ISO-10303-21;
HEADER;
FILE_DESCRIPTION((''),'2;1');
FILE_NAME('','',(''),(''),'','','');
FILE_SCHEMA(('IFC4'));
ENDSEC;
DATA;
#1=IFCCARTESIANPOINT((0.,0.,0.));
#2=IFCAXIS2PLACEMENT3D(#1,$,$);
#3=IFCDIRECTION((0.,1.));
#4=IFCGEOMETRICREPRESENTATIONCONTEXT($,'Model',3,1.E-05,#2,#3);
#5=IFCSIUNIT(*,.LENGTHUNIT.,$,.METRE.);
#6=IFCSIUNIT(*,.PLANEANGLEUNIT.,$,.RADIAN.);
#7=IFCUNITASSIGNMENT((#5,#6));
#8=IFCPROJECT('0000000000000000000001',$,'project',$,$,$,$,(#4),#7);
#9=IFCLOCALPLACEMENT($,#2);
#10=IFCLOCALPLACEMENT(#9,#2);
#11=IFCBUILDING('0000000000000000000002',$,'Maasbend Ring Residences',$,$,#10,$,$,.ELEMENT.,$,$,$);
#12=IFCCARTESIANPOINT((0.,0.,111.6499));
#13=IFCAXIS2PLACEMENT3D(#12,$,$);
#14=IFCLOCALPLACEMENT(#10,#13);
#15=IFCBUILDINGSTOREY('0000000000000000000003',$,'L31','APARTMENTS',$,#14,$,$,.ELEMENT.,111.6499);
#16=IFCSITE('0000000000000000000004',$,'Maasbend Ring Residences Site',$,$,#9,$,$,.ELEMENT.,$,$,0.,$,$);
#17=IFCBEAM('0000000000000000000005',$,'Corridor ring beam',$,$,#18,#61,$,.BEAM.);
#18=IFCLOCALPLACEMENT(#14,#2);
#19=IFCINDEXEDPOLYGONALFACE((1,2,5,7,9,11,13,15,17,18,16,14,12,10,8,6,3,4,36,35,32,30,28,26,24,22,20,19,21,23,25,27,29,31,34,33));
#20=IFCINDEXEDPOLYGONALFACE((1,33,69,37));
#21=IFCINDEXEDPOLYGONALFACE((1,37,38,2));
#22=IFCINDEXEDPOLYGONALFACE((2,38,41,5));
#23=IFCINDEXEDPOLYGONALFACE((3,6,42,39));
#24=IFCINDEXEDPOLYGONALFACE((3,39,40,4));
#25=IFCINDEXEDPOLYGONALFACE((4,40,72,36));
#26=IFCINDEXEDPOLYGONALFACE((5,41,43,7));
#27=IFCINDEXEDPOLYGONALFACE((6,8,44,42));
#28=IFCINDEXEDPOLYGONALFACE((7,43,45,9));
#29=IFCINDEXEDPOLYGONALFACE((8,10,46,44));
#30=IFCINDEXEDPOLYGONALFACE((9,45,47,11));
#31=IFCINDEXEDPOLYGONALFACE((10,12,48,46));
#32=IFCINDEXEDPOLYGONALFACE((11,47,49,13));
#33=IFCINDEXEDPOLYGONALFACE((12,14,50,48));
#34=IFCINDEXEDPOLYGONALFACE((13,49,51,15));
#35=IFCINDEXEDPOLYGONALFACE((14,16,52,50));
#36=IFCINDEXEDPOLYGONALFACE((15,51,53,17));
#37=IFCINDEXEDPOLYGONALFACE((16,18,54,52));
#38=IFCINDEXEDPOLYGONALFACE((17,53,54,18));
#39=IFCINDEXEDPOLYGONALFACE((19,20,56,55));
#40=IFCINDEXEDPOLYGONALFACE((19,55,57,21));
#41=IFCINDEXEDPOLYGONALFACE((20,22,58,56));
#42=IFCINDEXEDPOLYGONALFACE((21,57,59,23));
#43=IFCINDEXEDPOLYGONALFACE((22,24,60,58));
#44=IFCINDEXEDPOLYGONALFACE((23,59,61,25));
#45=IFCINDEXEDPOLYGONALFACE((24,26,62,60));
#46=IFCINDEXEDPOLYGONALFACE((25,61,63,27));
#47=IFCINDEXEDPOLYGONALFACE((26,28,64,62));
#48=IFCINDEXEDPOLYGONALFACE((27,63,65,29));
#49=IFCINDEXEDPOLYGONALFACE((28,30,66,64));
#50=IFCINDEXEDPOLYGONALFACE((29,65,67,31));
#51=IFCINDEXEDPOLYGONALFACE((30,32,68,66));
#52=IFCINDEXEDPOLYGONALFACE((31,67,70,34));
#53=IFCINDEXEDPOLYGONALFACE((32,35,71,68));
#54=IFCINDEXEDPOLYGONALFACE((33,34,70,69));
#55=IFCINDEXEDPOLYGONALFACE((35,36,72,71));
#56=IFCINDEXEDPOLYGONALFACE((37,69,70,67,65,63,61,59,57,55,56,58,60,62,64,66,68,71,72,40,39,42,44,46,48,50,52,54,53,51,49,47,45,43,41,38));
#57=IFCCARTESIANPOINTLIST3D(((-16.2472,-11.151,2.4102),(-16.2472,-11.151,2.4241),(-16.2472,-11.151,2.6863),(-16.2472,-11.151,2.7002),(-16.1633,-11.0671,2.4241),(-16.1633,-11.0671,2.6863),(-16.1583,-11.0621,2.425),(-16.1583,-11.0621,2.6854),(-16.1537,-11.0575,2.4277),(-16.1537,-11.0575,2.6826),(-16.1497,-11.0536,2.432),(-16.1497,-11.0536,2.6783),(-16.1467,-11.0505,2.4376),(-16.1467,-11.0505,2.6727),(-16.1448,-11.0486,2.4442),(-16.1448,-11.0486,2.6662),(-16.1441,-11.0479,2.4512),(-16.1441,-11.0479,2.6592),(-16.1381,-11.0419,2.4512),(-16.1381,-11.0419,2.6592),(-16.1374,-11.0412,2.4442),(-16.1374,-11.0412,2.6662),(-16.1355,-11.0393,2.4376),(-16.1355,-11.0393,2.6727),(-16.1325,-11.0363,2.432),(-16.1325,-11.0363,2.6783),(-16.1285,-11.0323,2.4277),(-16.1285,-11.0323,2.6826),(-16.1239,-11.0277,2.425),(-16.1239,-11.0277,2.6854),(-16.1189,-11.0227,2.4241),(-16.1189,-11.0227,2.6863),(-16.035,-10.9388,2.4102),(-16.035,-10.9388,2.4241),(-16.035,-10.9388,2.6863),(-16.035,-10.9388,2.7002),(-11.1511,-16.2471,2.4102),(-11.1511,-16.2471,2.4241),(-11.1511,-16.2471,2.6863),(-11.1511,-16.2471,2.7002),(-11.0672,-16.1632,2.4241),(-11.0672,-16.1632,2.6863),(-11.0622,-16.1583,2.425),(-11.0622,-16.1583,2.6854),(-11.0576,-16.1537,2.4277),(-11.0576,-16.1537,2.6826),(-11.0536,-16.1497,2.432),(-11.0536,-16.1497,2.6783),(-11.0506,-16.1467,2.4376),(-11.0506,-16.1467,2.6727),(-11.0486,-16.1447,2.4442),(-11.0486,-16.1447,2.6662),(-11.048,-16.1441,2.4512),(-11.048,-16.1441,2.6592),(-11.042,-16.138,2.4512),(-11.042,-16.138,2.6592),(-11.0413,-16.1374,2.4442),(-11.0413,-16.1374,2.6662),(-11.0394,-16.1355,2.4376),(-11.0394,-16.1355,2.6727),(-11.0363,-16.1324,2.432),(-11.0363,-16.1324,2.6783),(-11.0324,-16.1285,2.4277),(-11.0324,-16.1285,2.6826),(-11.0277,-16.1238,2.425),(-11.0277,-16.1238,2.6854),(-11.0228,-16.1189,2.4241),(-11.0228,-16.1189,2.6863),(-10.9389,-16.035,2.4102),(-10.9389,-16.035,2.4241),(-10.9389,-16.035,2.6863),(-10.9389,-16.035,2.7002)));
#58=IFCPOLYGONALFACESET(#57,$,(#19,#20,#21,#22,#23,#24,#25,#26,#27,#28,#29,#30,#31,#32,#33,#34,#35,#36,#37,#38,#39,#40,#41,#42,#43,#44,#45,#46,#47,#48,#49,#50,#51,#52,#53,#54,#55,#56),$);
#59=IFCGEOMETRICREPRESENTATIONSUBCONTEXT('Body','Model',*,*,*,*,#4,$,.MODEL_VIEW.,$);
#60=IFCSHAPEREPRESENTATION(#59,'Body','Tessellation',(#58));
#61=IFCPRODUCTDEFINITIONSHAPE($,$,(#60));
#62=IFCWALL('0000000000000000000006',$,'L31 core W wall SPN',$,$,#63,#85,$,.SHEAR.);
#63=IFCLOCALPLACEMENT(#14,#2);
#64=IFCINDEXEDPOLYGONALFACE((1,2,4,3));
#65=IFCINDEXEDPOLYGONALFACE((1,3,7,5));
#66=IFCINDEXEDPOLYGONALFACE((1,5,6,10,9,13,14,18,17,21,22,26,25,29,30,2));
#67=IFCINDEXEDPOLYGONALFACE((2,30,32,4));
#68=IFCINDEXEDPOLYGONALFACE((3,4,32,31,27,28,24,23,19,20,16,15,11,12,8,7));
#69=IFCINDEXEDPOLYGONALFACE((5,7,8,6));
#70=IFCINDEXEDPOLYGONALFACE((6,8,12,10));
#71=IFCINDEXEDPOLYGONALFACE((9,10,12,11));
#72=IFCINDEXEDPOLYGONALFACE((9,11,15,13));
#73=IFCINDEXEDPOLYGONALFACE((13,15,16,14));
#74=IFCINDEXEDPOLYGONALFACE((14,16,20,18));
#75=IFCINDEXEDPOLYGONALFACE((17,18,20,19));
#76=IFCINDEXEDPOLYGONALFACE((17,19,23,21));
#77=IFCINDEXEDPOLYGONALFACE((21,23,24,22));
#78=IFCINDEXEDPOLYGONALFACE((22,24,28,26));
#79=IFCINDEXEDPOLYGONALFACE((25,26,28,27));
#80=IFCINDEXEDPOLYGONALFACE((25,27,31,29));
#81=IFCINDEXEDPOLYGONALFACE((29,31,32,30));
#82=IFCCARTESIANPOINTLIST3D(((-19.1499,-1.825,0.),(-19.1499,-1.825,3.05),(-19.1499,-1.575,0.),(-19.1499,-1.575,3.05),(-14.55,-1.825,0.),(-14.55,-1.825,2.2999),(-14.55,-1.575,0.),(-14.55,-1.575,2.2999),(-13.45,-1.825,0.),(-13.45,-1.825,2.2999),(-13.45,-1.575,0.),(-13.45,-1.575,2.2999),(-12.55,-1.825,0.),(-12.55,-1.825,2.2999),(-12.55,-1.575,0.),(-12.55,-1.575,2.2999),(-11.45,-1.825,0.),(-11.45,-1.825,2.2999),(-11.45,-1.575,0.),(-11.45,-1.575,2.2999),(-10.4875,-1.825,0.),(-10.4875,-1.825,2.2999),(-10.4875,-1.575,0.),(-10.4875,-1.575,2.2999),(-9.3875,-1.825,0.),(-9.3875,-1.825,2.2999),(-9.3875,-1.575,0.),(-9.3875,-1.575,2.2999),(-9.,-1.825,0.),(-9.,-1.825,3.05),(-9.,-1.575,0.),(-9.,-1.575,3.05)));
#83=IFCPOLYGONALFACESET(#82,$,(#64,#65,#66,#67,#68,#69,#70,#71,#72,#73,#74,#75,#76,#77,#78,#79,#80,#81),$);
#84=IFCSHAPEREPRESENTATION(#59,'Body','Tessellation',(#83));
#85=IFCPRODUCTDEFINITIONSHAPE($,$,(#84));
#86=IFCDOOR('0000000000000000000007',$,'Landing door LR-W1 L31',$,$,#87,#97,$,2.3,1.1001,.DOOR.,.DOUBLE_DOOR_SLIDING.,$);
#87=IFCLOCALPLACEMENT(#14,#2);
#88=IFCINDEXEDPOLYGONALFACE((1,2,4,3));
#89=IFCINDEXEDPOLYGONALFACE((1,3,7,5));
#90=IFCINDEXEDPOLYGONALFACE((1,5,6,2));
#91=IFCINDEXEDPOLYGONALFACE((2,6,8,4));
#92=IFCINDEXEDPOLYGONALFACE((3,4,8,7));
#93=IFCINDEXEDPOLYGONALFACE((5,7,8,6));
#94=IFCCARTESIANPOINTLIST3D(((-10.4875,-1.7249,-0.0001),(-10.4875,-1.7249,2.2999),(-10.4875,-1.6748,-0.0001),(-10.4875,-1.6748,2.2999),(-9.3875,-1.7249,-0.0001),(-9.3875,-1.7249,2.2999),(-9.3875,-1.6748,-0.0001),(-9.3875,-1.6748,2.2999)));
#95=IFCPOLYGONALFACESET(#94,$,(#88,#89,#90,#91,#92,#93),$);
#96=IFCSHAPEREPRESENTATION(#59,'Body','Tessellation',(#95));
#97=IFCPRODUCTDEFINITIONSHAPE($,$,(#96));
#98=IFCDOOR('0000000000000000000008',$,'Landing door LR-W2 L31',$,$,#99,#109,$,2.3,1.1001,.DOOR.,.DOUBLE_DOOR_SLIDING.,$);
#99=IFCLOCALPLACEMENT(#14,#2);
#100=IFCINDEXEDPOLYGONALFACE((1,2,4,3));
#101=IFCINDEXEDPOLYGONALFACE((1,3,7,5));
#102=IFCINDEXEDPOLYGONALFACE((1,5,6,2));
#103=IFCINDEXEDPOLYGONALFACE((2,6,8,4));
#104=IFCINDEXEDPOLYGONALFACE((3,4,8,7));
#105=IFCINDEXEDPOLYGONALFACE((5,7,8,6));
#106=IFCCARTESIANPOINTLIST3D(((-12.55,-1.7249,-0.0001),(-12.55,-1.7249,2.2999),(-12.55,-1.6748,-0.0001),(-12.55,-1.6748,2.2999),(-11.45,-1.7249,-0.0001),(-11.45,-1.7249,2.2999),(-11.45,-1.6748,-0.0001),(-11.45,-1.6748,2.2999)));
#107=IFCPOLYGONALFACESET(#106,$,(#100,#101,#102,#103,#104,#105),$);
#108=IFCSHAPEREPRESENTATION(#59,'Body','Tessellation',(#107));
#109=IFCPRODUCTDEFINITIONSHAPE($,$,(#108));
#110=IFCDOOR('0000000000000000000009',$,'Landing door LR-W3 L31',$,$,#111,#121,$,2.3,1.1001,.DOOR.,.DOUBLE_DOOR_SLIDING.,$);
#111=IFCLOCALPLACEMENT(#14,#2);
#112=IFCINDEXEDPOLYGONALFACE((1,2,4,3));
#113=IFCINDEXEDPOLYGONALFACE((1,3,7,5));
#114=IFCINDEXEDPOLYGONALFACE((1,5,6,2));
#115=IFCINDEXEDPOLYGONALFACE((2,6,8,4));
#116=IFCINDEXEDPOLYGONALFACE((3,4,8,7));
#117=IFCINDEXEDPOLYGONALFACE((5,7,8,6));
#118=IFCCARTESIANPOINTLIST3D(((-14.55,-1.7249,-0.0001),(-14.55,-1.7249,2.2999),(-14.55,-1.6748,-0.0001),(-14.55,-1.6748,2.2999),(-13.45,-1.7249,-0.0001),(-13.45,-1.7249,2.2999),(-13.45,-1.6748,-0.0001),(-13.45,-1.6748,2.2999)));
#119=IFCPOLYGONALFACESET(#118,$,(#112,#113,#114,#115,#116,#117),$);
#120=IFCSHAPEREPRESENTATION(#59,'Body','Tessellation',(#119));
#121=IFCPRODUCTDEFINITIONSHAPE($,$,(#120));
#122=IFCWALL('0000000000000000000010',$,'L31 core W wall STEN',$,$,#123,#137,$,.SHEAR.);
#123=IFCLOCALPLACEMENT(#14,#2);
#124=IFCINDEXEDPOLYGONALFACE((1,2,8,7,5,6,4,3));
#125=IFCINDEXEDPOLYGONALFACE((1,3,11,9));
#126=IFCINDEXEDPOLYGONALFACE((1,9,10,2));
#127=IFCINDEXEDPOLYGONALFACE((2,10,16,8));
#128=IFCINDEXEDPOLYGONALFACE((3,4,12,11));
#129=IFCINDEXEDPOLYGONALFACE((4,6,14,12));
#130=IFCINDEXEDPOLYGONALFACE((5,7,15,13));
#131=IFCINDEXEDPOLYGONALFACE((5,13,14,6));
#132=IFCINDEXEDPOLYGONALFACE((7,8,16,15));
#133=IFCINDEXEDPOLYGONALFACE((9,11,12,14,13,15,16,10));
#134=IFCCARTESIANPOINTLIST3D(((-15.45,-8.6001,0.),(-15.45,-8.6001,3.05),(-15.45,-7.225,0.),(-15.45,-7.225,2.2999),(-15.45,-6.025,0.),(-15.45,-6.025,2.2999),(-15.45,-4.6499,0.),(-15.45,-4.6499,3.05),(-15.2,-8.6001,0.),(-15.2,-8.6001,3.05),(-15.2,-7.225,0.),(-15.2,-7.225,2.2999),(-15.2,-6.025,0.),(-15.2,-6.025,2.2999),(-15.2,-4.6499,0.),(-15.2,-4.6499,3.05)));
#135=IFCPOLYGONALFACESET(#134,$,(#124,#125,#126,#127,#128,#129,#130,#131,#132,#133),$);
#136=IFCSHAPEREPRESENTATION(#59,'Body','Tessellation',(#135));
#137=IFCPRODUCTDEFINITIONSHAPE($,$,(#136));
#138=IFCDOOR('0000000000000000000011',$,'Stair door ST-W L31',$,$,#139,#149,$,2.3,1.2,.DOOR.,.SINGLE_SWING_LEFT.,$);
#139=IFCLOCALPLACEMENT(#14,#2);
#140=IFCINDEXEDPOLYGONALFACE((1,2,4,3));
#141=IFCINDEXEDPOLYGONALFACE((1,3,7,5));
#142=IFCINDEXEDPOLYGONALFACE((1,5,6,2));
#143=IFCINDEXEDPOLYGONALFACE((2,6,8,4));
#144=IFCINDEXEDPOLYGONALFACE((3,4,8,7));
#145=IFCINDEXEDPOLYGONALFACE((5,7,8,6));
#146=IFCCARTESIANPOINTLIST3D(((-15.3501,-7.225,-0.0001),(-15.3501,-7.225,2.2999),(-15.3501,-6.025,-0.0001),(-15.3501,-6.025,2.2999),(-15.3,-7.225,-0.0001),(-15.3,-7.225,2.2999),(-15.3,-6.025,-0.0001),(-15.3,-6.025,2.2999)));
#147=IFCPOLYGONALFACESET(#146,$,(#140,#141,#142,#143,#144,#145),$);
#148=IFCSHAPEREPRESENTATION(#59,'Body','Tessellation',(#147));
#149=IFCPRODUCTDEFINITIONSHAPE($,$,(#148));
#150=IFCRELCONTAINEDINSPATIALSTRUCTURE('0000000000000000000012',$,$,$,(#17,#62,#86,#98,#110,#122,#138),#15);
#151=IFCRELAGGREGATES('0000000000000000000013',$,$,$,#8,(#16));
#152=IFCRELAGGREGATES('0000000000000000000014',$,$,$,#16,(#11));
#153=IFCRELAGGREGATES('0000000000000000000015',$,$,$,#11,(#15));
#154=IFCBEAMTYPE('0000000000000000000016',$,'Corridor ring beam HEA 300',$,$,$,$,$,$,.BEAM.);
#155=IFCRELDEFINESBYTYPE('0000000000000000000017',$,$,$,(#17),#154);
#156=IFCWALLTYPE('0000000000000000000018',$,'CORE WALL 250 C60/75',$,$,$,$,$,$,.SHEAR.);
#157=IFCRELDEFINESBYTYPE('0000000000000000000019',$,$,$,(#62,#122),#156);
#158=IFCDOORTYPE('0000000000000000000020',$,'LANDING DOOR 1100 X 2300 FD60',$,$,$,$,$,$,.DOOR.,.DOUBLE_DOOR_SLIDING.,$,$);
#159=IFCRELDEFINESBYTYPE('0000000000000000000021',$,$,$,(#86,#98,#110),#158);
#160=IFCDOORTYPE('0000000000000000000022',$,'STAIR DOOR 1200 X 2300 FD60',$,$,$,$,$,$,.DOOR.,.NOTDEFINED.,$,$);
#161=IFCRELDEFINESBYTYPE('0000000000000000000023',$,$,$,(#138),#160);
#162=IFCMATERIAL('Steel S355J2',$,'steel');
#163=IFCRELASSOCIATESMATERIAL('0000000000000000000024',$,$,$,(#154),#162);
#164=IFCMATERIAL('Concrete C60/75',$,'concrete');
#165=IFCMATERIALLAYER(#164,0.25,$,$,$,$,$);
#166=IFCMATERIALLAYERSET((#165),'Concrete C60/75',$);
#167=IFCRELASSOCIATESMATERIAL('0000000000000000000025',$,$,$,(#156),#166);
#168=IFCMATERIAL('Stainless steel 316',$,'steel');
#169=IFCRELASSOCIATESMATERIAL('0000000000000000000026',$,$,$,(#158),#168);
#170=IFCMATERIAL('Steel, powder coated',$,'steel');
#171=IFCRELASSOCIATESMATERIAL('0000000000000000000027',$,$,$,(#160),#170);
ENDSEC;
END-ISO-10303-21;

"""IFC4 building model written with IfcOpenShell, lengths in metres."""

from ifc_helpers import new_model, si_unit, direction, frame, frame_2d, origin, origin_2d, place, context, subcontext, project, spatial, rectangle, i_section, extrude, material, layer, layer_set, material_profile, profile_set, type_object, element, fill, save


model = new_model("IFC4")

# Units and contexts
model_context = context("Model", 3, precision=1e-05, world=origin(), true_north=direction((0.0, 1.0)))
body_context = subcontext(model_context, "Body", "Model", "MODEL_VIEW")
ifc_project = project(units=[si_unit("LENGTHUNIT", "METRE"), si_unit("PLANEANGLEUNIT", "RADIAN")], contexts=[model_context])

# Site, building, storey
site_placement = place(None, origin())
site = spatial("IfcSite", under=ifc_project, at=site_placement, Name="Maasbend Ring Residences Site", CompositionType="ELEMENT", RefElevation=0.0)
building_placement = place(site_placement, origin())
building = spatial("IfcBuilding", under=site, at=building_placement, Name="Maasbend Ring Residences", CompositionType="ELEMENT")
storey_placement = place(building_placement, frame((0.0, 0.0, 111.6499)))
storey = spatial("IfcBuildingStorey", under=building, at=storey_placement, Name="L31", Description="APARTMENTS", CompositionType="ELEMENT", Elevation=111.6499)

# Beam
ifc_material_1 = material(Name="Steel S355J2", Category="steel")
ifc_material_profile = material_profile(ifc_material_1, i_section(OverallWidth=0.3, OverallDepth=0.29, WebThickness=0.0085, FlangeThickness=0.0139, FilletRadius=0.0271, at=origin_2d()), Name="HEA 300")
ifc_profile_set = profile_set([ifc_material_profile], Name="Steel S355J2")
beam_type = type_object("IfcBeamType", Name="Corridor ring beam HEA 300", PredefinedType="BEAM", material=ifc_profile_set)
beam_placement = place(storey_placement, frame((-16.1411, -11.0449, 2.5552), z_axis=(0.707107, -0.707107, 0.0), x_axis=(0.707107, 0.707107, 0.0)))
element("IfcBeam", 1, at=beam_placement, inside=storey, type_object=beam_type, Name="Corridor ring beam", PredefinedType="BEAM", context=body_context, shape_type="SweptSolid", body=[
    extrude(i_section(OverallWidth=0.3, OverallDepth=0.29, WebThickness=0.0085, FlangeThickness=0.0139, FilletRadius=0.0271, at=origin_2d()), origin(), (0.0, 0.0, 1.0), 7.207),
])

# Wall, openings, doors
ifc_material_2 = material(Name="Concrete C60/75", Category="concrete")
ifc_layer_1 = layer(ifc_material_2, 0.25)
ifc_layer_set_1 = layer_set([ifc_layer_1], Name="Concrete C60/75")
wall_type_1 = type_object("IfcWallType", Name="CORE WALL 250 C60/75", PredefinedType="SHEAR", material=ifc_layer_set_1)
wall_1_placement = place(storey_placement, frame((-9.0, -1.7, 0.0), z_axis=(0.0, 0.0, 1.0), x_axis=(-1.0, 0.0, 0.0)))
wall_1 = element("IfcWall", 2, at=wall_1_placement, inside=storey, type_object=wall_type_1, Name="L31 core W wall SPN", PredefinedType="SHEAR", context=body_context, shape_type="SweptSolid", body=[
    extrude(rectangle(XDim=10.1499, YDim=0.25, at=frame_2d((5.075, 0.0))), origin(), (0.0, 0.0, 1.0), 3.05),
])
opening_1_placement = place(wall_1_placement, frame((0.3875, 0.0, 0.0)))
opening_1 = element("IfcOpeningElement", 3, at=opening_1_placement, cuts=wall_1, PredefinedType="OPENING", context=body_context, shape_type="SweptSolid", body=[
    extrude(rectangle(XDim=1.1001, YDim=2.3, at=frame_2d((0.55, 1.1499))), frame((0.0, 0.135, 0.0), z_axis=(0.0, -1.0, 0.0), x_axis=(1.0, 0.0, 0.0)), (0.0, 0.0, 1.0), 0.27),
])
opening_2_placement = place(wall_1_placement, frame((2.45, 0.0, 0.0)))
opening_2 = element("IfcOpeningElement", 4, at=opening_2_placement, cuts=wall_1, PredefinedType="OPENING", context=body_context, shape_type="SweptSolid", body=[
    extrude(rectangle(XDim=1.1001, YDim=2.3, at=frame_2d((0.55, 1.1499))), frame((0.0, 0.135, 0.0), z_axis=(0.0, -1.0, 0.0), x_axis=(1.0, 0.0, 0.0)), (0.0, 0.0, 1.0), 0.27),
])
opening_3_placement = place(wall_1_placement, frame((4.45, 0.0, 0.0)))
opening_3 = element("IfcOpeningElement", 5, at=opening_3_placement, cuts=wall_1, PredefinedType="OPENING", context=body_context, shape_type="SweptSolid", body=[
    extrude(rectangle(XDim=1.1001, YDim=2.3, at=frame_2d((0.55, 1.1499))), frame((0.0, 0.135, 0.0), z_axis=(0.0, -1.0, 0.0), x_axis=(1.0, 0.0, 0.0)), (0.0, 0.0, 1.0), 0.27),
])
ifc_material_3 = material(Name="Stainless steel 316", Category="steel")
door_type_1 = type_object("IfcDoorType", Name="LANDING DOOR 1100 X 2300 FD60", OperationType="DOUBLE_DOOR_SLIDING", PredefinedType="DOOR", material=ifc_material_3)
door_1_placement = place(opening_1_placement, origin())
door_1 = element("IfcDoor", 6, at=door_1_placement, inside=storey, type_object=door_type_1, Name="Landing door LR-W1 L31", OperationType="DOUBLE_DOOR_SLIDING", OverallHeight=2.3, OverallWidth=1.1001, PredefinedType="DOOR", context=body_context, shape_type="SweptSolid", body=[
    extrude(rectangle(XDim=1.1001, YDim=2.3, at=frame_2d((0.55, 1.1499))), frame((0.0, 0.0249, 0.0), z_axis=(0.0, -1.0, 0.0), x_axis=(1.0, 0.0, 0.0)), (0.0, 0.0, 1.0), 0.05),
])
fill(opening_1, door_1)
door_2_placement = place(opening_2_placement, origin())
door_2 = element("IfcDoor", 7, at=door_2_placement, inside=storey, type_object=door_type_1, Name="Landing door LR-W2 L31", OperationType="DOUBLE_DOOR_SLIDING", OverallHeight=2.3, OverallWidth=1.1001, PredefinedType="DOOR", context=body_context, shape_type="SweptSolid", body=[
    extrude(rectangle(XDim=1.1001, YDim=2.3, at=frame_2d((0.55, 1.1499))), frame((0.0, 0.0249, 0.0), z_axis=(0.0, -1.0, 0.0), x_axis=(1.0, 0.0, 0.0)), (0.0, 0.0, 1.0), 0.05),
])
fill(opening_2, door_2)
door_3_placement = place(opening_3_placement, origin())
door_3 = element("IfcDoor", 8, at=door_3_placement, inside=storey, type_object=door_type_1, Name="Landing door LR-W3 L31", OperationType="DOUBLE_DOOR_SLIDING", OverallHeight=2.3, OverallWidth=1.1001, PredefinedType="DOOR", context=body_context, shape_type="SweptSolid", body=[
    extrude(rectangle(XDim=1.1001, YDim=2.3, at=frame_2d((0.55, 1.1499))), frame((0.0, 0.0249, 0.0), z_axis=(0.0, -1.0, 0.0), x_axis=(1.0, 0.0, 0.0)), (0.0, 0.0, 1.0), 0.05),
])
fill(opening_3, door_3)

# Wall, opening, door
wall_2_placement = place(storey_placement, frame((-15.325, -4.6499, 0.0), z_axis=(0.0, 0.0, 1.0), x_axis=(0.0, -1.0, 0.0)))
wall_2 = element("IfcWall", 9, at=wall_2_placement, inside=storey, type_object=wall_type_1, Name="L31 core W wall STEN", PredefinedType="SHEAR", context=body_context, shape_type="SweptSolid", body=[
    extrude(rectangle(XDim=3.9502, YDim=0.25, at=frame_2d((1.9751, 0.0))), origin(), (0.0, 0.0, 1.0), 3.05),
])
opening_4_placement = place(wall_2_placement, frame((1.375, 0.0, 0.0)))
opening_4 = element("IfcOpeningElement", 10, at=opening_4_placement, cuts=wall_2, PredefinedType="OPENING", context=body_context, shape_type="SweptSolid", body=[
    extrude(rectangle(XDim=1.2, YDim=2.3, at=frame_2d((0.6001, 1.1499))), frame((0.0, 0.135, 0.0), z_axis=(0.0, -1.0, 0.0), x_axis=(1.0, 0.0, 0.0)), (0.0, 0.0, 1.0), 0.27),
])
ifc_material_4 = material(Name="Steel, powder coated", Category="steel")
door_type_2 = type_object("IfcDoorType", Name="STAIR DOOR 1200 X 2300 FD60", OperationType="NOTDEFINED", PredefinedType="DOOR", material=ifc_material_4)
door_4_placement = place(opening_4_placement, origin())
door_4 = element("IfcDoor", 11, at=door_4_placement, inside=storey, type_object=door_type_2, Name="Stair door ST-W L31", OperationType="SINGLE_SWING_LEFT", OverallHeight=2.3, OverallWidth=1.2, PredefinedType="DOOR", context=body_context, shape_type="SweptSolid", body=[
    extrude(rectangle(XDim=1.2, YDim=2.3, at=frame_2d((0.6001, 1.1499))), frame((0.0, 0.0249, 0.0), z_axis=(0.0, -1.0, 0.0), x_axis=(1.0, 0.0, 0.0)), (0.0, 0.0, 1.0), 0.05),
])
fill(opening_4, door_4)

save(model, "model.ifc")
